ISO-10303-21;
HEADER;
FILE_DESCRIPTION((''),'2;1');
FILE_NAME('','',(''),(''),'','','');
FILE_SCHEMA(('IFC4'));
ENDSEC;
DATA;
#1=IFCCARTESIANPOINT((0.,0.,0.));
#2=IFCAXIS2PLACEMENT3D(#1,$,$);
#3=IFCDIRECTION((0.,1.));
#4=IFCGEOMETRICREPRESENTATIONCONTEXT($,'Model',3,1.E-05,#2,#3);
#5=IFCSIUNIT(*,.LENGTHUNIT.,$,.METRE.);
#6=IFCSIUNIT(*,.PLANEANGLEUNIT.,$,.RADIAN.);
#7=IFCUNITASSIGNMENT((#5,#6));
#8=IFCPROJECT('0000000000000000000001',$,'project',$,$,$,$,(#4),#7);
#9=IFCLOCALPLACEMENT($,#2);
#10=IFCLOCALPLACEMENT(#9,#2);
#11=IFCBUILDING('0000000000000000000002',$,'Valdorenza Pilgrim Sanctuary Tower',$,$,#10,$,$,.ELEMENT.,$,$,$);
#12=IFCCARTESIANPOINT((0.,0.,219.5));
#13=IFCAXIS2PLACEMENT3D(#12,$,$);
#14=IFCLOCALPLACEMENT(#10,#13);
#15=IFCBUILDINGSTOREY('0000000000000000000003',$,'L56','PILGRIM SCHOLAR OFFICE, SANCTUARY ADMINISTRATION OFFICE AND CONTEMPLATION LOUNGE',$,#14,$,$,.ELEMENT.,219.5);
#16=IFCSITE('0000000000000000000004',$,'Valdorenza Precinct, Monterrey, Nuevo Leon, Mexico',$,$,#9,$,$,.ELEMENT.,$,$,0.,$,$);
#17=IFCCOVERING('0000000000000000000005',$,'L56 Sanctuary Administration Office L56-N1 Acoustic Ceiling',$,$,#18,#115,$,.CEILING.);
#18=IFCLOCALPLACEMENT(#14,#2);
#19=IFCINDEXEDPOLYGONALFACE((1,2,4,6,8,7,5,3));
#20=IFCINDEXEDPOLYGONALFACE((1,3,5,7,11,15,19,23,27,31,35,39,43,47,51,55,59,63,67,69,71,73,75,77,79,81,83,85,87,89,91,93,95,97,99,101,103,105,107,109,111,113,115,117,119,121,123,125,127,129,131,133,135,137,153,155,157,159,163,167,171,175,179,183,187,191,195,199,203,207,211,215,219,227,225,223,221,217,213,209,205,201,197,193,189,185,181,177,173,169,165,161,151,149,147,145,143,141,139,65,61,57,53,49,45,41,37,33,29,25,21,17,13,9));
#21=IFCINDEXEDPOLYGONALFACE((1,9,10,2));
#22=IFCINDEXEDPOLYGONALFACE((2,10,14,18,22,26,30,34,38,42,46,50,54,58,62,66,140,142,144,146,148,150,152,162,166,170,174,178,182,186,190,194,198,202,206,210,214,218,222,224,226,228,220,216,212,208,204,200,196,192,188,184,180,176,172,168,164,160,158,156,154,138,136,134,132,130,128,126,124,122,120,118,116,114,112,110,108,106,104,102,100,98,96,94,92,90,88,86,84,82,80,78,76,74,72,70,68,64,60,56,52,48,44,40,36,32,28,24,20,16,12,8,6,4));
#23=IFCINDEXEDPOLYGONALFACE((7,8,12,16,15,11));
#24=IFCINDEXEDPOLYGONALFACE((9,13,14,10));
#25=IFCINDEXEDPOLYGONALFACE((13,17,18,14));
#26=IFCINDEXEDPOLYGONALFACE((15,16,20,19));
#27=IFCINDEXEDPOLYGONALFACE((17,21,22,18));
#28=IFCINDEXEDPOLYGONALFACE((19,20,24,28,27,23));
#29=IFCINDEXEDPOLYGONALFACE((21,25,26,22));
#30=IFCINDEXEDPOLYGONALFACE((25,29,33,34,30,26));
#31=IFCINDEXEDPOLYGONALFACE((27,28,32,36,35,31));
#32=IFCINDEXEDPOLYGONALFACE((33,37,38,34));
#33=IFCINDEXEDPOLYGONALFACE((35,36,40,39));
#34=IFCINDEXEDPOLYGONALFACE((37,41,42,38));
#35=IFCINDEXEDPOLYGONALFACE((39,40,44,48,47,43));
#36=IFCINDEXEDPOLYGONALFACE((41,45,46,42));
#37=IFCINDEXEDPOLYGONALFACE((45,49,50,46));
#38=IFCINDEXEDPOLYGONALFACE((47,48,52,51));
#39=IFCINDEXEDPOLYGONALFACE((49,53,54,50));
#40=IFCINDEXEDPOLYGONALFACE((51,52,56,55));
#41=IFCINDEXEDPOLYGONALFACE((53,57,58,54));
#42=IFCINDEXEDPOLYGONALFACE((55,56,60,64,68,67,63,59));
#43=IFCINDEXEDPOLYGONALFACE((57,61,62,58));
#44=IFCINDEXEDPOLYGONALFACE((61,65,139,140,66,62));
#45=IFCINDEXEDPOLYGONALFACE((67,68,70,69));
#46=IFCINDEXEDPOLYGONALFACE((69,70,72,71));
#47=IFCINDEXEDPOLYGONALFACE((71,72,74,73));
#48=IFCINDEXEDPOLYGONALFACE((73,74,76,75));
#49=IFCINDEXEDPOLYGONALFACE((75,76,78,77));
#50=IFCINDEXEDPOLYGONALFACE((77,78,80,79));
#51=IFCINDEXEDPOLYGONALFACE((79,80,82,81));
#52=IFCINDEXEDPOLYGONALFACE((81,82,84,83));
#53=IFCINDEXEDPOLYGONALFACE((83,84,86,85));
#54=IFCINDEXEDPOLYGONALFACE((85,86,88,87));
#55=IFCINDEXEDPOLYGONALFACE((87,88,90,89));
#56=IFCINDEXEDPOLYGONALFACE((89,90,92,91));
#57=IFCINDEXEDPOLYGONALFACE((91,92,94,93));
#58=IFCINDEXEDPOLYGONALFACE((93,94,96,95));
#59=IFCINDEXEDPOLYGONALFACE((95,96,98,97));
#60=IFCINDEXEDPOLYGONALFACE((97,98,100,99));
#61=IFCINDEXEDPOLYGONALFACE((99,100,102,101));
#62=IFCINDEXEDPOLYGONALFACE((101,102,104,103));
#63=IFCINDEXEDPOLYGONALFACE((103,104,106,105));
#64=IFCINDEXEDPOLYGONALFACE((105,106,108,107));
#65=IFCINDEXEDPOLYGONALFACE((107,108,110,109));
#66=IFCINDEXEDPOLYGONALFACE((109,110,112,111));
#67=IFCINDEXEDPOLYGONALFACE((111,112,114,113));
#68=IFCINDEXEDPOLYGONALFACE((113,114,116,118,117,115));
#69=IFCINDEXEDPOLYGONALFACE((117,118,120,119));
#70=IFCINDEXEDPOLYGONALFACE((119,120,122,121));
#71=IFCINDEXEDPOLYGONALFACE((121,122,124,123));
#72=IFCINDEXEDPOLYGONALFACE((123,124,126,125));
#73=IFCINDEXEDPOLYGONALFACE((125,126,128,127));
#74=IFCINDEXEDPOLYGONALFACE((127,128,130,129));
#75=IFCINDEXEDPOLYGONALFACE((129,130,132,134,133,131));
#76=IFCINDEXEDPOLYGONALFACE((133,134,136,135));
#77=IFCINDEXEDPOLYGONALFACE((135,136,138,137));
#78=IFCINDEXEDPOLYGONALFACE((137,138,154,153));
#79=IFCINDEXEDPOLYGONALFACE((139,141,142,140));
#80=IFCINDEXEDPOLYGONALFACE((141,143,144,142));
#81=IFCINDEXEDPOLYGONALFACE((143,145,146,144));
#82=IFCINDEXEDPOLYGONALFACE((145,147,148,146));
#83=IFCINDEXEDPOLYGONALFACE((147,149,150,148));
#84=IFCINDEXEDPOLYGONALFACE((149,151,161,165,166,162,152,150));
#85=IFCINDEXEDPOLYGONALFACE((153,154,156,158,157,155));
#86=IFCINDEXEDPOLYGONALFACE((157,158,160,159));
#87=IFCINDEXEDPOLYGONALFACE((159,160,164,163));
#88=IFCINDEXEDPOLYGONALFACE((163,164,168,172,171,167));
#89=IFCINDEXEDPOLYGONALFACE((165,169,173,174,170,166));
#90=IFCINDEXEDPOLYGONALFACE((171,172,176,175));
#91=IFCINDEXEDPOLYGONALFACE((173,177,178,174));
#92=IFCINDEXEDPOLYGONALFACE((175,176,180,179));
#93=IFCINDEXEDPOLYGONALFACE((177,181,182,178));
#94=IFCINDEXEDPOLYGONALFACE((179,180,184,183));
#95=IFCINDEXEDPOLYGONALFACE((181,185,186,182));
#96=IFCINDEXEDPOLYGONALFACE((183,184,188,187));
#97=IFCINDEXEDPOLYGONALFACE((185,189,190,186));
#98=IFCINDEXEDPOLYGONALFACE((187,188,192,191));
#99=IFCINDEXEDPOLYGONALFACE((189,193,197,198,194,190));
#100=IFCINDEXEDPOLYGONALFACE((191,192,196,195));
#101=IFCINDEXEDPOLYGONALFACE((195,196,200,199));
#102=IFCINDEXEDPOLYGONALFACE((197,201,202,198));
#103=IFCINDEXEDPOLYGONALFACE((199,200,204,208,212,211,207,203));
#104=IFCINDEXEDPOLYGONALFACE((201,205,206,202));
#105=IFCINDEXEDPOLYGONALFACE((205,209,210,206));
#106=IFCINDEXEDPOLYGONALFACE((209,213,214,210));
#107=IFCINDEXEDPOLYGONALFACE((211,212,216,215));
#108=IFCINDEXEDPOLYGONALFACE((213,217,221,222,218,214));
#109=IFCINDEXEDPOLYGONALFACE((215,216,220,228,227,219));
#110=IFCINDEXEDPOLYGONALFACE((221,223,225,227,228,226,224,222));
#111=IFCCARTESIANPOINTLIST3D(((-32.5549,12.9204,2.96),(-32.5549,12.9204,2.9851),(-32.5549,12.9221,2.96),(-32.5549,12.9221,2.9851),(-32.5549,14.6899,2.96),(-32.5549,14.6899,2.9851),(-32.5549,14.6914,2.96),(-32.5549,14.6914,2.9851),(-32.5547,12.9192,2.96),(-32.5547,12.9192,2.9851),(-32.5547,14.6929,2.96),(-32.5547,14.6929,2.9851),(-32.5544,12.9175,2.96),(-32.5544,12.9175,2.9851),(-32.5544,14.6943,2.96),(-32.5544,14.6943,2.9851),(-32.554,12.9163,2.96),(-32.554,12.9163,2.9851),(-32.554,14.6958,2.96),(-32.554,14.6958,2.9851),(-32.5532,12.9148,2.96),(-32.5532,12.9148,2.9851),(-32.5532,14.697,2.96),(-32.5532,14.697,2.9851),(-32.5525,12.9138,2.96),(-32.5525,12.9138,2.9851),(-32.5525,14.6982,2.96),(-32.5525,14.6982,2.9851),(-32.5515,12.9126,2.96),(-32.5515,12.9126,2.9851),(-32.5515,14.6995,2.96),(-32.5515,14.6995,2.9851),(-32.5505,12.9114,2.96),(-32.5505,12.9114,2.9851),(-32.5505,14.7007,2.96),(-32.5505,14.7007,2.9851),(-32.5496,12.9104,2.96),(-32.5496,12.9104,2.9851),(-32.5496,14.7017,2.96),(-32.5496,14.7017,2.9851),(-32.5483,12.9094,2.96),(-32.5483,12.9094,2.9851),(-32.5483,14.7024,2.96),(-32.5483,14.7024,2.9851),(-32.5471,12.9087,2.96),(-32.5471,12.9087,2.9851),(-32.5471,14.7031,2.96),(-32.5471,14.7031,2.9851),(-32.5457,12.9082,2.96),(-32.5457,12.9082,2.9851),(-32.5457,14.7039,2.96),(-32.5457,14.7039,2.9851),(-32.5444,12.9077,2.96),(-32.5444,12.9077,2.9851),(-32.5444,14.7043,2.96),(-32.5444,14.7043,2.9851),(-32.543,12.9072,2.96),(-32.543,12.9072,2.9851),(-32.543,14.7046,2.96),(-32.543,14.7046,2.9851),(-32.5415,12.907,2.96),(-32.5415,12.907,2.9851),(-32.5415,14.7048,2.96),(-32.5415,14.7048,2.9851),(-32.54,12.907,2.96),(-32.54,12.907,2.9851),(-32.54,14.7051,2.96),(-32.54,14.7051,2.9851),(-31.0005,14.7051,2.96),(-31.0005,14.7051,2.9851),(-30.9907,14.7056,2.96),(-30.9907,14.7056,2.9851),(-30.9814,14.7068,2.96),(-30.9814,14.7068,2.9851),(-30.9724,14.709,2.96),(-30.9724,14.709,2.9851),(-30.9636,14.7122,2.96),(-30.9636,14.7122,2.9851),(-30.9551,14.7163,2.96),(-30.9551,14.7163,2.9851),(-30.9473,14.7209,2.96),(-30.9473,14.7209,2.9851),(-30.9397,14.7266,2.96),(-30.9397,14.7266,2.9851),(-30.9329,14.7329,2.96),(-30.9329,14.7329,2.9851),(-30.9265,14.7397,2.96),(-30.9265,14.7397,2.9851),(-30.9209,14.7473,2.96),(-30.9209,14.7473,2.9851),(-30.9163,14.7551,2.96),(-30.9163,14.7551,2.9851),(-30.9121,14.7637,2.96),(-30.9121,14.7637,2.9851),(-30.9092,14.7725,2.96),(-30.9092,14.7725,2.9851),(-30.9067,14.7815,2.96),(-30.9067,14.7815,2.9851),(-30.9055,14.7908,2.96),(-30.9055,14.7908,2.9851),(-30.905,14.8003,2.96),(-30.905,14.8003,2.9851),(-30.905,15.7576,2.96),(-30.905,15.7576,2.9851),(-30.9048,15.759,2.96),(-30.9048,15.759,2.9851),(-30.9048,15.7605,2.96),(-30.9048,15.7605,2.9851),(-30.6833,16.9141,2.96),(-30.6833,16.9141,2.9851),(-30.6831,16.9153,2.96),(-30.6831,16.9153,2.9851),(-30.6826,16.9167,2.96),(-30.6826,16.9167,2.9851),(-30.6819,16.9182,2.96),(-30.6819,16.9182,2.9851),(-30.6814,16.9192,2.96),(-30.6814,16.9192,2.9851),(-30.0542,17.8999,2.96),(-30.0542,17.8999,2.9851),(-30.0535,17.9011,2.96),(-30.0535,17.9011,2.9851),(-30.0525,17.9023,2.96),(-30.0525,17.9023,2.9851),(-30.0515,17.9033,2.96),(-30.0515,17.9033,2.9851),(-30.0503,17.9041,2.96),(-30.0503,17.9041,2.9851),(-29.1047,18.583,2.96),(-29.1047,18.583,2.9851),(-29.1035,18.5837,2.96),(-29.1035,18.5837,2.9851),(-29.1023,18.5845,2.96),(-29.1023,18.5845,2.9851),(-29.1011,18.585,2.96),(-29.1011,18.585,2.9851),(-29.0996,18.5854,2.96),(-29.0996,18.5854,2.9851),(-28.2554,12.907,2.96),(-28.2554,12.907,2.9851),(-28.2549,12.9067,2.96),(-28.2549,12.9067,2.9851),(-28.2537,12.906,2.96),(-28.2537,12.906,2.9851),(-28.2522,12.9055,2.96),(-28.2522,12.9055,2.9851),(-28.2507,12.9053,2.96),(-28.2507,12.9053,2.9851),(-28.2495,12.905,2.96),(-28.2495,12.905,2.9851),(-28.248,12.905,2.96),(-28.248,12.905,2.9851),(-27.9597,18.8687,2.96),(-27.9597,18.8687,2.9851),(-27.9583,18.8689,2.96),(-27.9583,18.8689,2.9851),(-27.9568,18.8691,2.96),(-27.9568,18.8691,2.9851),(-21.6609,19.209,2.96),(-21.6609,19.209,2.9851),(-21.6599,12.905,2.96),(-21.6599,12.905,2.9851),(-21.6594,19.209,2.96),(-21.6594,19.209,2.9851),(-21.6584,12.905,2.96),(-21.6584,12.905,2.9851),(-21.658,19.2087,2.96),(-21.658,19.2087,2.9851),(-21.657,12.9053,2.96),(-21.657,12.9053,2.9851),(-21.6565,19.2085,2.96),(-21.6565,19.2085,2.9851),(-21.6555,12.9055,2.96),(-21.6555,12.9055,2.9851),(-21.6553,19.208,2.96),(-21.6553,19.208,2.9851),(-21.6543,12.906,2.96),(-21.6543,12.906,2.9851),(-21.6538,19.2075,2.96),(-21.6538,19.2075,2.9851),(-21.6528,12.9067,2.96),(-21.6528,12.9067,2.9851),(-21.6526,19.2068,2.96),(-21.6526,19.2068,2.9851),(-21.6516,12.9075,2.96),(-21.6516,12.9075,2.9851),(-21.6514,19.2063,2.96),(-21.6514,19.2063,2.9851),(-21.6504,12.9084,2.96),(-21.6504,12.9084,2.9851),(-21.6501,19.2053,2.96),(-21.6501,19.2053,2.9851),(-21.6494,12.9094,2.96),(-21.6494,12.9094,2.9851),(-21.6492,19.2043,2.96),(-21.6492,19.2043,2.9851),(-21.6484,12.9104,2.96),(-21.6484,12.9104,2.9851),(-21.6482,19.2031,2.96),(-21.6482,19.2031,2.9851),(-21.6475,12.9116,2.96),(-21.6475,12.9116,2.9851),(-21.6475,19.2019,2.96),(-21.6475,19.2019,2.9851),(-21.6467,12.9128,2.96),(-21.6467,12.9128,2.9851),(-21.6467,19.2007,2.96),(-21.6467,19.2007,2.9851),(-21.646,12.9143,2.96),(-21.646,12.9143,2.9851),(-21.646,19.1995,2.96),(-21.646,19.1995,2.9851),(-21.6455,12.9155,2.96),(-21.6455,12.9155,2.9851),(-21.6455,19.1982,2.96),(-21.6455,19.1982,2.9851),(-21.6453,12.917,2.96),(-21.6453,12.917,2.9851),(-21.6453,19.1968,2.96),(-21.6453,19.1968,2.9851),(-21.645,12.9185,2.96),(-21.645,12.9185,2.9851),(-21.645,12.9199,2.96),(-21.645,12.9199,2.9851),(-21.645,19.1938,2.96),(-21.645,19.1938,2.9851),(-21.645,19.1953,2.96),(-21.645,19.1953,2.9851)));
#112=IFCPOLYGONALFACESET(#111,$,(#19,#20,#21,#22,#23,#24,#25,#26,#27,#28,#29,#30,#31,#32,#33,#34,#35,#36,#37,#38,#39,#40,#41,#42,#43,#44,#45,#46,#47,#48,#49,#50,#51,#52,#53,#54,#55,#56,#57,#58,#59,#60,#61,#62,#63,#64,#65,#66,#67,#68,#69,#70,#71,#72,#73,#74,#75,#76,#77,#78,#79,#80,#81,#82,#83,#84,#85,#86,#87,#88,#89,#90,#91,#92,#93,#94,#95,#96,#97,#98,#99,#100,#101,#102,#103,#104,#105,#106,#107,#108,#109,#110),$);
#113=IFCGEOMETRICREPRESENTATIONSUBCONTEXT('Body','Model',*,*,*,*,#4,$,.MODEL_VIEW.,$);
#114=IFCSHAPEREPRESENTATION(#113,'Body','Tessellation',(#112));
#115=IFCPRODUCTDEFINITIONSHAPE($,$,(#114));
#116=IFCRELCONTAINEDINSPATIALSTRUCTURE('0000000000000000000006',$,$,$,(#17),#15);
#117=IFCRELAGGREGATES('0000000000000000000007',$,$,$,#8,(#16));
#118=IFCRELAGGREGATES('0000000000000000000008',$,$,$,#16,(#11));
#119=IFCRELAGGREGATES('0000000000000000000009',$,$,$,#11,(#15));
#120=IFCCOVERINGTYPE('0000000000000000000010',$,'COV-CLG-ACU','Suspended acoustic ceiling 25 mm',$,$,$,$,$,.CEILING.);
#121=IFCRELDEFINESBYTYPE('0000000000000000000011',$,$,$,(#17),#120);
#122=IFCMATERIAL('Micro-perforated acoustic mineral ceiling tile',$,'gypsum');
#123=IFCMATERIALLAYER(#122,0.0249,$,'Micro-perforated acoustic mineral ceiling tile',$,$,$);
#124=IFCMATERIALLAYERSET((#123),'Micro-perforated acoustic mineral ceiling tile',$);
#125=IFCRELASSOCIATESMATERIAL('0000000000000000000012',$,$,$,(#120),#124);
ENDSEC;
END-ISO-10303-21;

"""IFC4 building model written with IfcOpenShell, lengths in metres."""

from ifc_helpers import new_model, si_unit, direction, frame, origin, place, context, subcontext, project, spatial, polyline, outline, extrude, material, layer, layer_set, type_object, element, save


model = new_model("IFC4")

# Units and contexts
model_context = context("Model", 3, precision=1e-05, world=origin(), true_north=direction((0.0, 1.0)))
body_context = subcontext(model_context, "Body", "Model", "MODEL_VIEW")
ifc_project = project(units=[si_unit("LENGTHUNIT", "METRE"), si_unit("PLANEANGLEUNIT", "RADIAN")], contexts=[model_context])

# Site, building, storey
site_placement = place(None, origin())
site = spatial("IfcSite", under=ifc_project, at=site_placement, Name="Valdorenza Precinct, Monterrey, Nuevo Leon, Mexico", CompositionType="ELEMENT", RefElevation=0.0)
building_placement = place(site_placement, origin())
building = spatial("IfcBuilding", under=site, at=building_placement, Name="Valdorenza Pilgrim Sanctuary Tower", CompositionType="ELEMENT")
storey_placement = place(building_placement, frame((0.0, 0.0, 219.5)))
storey = spatial("IfcBuildingStorey", under=building, at=storey_placement, Name="L56", Description="PILGRIM SCHOLAR OFFICE, SANCTUARY ADMINISTRATION OFFICE AND CONTEMPLATION LOUNGE", CompositionType="ELEMENT", Elevation=219.5)

# Covering
ifc_material_1 = material(Name="Micro-perforated acoustic mineral ceiling tile", Category="gypsum")
ifc_layer_1 = layer(ifc_material_1, 0.0249, Name="Micro-perforated acoustic mineral ceiling tile")
ifc_layer_set_1 = layer_set([ifc_layer_1], Name="Micro-perforated acoustic mineral ceiling tile")
covering_type_1 = type_object("IfcCoveringType", Name="COV-CLG-ACU", Description="Suspended acoustic ceiling 25 mm", PredefinedType="CEILING", material=ifc_layer_set_1)
covering_1_placement = place(storey_placement, frame((0.0, 0.0, 2.96)))
element("IfcCovering", 1, at=covering_1_placement, inside=storey, type_object=covering_type_1, Name="L56 Sanctuary Administration Office L56-N1 Acoustic Ceiling", PredefinedType="CEILING", context=body_context, shape_type="SweptSolid", body=[
    extrude(outline(polyline([(-28.2554, 12.907), (-32.54, 12.907), (-32.5415, 12.907), (-32.543, 12.9072), (-32.5444, 12.9077), (-32.5457, 12.9082), (-32.5471, 12.9087), (-32.5483, 12.9094), (-32.5496, 12.9104), (-32.5505, 12.9114), (-32.5515, 12.9126), (-32.5525, 12.9138), (-32.5532, 12.9148), (-32.554, 12.9163), (-32.5544, 12.9175), (-32.5547, 12.9192), (-32.5549, 12.9204), (-32.5549, 12.9221), (-32.5549, 14.6899), (-32.5549, 14.6914), (-32.5547, 14.6929), (-32.5544, 14.6943), (-32.554, 14.6958), (-32.5532, 14.697), (-32.5525, 14.6982), (-32.5515, 14.6995), (-32.5505, 14.7007), (-32.5496, 14.7017), (-32.5483, 14.7024), (-32.5471, 14.7031), (-32.5457, 14.7039), (-32.5444, 14.7043), (-32.543, 14.7046), (-32.5415, 14.7048), (-32.54, 14.7051), (-31.0005, 14.7051), (-30.9907, 14.7056), (-30.9814, 14.7068), (-30.9724, 14.709), (-30.9636, 14.7122), (-30.9551, 14.7163), (-30.9473, 14.7209), (-30.9397, 14.7266), (-30.9329, 14.7329), (-30.9265, 14.7397), (-30.9209, 14.7473), (-30.9163, 14.7551), (-30.9121, 14.7637), (-30.9092, 14.7725), (-30.9067, 14.7815), (-30.9055, 14.7908), (-30.905, 14.8003), (-30.905, 15.7576), (-30.9048, 15.759), (-30.9048, 15.7605), (-30.6833, 16.9141), (-30.6831, 16.9153), (-30.6826, 16.9167), (-30.6819, 16.9182), (-30.6814, 16.9192), (-30.0542, 17.8999), (-30.0535, 17.9011), (-30.0525, 17.9023), (-30.0515, 17.9033), (-30.0503, 17.9041), (-29.1047, 18.583), (-29.1035, 18.5837), (-29.1023, 18.5845), (-29.1011, 18.585), (-29.0996, 18.5854), (-27.9597, 18.8687), (-27.9583, 18.8689), (-27.9568, 18.8691), (-21.6609, 19.209), (-21.6594, 19.209), (-21.658, 19.2087), (-21.6565, 19.2085), (-21.6553, 19.208), (-21.6538, 19.2075), (-21.6526, 19.2068), (-21.6514, 19.2063), (-21.6501, 19.2053), (-21.6492, 19.2043), (-21.6482, 19.2031), (-21.6475, 19.2019), (-21.6467, 19.2007), (-21.646, 19.1995), (-21.6455, 19.1982), (-21.6453, 19.1968), (-21.645, 19.1953), (-21.645, 19.1938), (-21.645, 12.9199), (-21.645, 12.9185), (-21.6453, 12.917), (-21.6455, 12.9155), (-21.646, 12.9143), (-21.6467, 12.9128), (-21.6475, 12.9116), (-21.6484, 12.9104), (-21.6494, 12.9094), (-21.6504, 12.9084), (-21.6516, 12.9075), (-21.6528, 12.9067), (-21.6543, 12.906), (-21.6555, 12.9055), (-21.657, 12.9053), (-21.6584, 12.905), (-21.6599, 12.905), (-28.248, 12.905), (-28.2495, 12.905), (-28.2507, 12.9053), (-28.2522, 12.9055), (-28.2537, 12.906), (-28.2549, 12.9067), (-28.2554, 12.907)])), origin(), (0.0, 0.0, 1.0), 0.0251),
])

save(model, "model.ifc")
